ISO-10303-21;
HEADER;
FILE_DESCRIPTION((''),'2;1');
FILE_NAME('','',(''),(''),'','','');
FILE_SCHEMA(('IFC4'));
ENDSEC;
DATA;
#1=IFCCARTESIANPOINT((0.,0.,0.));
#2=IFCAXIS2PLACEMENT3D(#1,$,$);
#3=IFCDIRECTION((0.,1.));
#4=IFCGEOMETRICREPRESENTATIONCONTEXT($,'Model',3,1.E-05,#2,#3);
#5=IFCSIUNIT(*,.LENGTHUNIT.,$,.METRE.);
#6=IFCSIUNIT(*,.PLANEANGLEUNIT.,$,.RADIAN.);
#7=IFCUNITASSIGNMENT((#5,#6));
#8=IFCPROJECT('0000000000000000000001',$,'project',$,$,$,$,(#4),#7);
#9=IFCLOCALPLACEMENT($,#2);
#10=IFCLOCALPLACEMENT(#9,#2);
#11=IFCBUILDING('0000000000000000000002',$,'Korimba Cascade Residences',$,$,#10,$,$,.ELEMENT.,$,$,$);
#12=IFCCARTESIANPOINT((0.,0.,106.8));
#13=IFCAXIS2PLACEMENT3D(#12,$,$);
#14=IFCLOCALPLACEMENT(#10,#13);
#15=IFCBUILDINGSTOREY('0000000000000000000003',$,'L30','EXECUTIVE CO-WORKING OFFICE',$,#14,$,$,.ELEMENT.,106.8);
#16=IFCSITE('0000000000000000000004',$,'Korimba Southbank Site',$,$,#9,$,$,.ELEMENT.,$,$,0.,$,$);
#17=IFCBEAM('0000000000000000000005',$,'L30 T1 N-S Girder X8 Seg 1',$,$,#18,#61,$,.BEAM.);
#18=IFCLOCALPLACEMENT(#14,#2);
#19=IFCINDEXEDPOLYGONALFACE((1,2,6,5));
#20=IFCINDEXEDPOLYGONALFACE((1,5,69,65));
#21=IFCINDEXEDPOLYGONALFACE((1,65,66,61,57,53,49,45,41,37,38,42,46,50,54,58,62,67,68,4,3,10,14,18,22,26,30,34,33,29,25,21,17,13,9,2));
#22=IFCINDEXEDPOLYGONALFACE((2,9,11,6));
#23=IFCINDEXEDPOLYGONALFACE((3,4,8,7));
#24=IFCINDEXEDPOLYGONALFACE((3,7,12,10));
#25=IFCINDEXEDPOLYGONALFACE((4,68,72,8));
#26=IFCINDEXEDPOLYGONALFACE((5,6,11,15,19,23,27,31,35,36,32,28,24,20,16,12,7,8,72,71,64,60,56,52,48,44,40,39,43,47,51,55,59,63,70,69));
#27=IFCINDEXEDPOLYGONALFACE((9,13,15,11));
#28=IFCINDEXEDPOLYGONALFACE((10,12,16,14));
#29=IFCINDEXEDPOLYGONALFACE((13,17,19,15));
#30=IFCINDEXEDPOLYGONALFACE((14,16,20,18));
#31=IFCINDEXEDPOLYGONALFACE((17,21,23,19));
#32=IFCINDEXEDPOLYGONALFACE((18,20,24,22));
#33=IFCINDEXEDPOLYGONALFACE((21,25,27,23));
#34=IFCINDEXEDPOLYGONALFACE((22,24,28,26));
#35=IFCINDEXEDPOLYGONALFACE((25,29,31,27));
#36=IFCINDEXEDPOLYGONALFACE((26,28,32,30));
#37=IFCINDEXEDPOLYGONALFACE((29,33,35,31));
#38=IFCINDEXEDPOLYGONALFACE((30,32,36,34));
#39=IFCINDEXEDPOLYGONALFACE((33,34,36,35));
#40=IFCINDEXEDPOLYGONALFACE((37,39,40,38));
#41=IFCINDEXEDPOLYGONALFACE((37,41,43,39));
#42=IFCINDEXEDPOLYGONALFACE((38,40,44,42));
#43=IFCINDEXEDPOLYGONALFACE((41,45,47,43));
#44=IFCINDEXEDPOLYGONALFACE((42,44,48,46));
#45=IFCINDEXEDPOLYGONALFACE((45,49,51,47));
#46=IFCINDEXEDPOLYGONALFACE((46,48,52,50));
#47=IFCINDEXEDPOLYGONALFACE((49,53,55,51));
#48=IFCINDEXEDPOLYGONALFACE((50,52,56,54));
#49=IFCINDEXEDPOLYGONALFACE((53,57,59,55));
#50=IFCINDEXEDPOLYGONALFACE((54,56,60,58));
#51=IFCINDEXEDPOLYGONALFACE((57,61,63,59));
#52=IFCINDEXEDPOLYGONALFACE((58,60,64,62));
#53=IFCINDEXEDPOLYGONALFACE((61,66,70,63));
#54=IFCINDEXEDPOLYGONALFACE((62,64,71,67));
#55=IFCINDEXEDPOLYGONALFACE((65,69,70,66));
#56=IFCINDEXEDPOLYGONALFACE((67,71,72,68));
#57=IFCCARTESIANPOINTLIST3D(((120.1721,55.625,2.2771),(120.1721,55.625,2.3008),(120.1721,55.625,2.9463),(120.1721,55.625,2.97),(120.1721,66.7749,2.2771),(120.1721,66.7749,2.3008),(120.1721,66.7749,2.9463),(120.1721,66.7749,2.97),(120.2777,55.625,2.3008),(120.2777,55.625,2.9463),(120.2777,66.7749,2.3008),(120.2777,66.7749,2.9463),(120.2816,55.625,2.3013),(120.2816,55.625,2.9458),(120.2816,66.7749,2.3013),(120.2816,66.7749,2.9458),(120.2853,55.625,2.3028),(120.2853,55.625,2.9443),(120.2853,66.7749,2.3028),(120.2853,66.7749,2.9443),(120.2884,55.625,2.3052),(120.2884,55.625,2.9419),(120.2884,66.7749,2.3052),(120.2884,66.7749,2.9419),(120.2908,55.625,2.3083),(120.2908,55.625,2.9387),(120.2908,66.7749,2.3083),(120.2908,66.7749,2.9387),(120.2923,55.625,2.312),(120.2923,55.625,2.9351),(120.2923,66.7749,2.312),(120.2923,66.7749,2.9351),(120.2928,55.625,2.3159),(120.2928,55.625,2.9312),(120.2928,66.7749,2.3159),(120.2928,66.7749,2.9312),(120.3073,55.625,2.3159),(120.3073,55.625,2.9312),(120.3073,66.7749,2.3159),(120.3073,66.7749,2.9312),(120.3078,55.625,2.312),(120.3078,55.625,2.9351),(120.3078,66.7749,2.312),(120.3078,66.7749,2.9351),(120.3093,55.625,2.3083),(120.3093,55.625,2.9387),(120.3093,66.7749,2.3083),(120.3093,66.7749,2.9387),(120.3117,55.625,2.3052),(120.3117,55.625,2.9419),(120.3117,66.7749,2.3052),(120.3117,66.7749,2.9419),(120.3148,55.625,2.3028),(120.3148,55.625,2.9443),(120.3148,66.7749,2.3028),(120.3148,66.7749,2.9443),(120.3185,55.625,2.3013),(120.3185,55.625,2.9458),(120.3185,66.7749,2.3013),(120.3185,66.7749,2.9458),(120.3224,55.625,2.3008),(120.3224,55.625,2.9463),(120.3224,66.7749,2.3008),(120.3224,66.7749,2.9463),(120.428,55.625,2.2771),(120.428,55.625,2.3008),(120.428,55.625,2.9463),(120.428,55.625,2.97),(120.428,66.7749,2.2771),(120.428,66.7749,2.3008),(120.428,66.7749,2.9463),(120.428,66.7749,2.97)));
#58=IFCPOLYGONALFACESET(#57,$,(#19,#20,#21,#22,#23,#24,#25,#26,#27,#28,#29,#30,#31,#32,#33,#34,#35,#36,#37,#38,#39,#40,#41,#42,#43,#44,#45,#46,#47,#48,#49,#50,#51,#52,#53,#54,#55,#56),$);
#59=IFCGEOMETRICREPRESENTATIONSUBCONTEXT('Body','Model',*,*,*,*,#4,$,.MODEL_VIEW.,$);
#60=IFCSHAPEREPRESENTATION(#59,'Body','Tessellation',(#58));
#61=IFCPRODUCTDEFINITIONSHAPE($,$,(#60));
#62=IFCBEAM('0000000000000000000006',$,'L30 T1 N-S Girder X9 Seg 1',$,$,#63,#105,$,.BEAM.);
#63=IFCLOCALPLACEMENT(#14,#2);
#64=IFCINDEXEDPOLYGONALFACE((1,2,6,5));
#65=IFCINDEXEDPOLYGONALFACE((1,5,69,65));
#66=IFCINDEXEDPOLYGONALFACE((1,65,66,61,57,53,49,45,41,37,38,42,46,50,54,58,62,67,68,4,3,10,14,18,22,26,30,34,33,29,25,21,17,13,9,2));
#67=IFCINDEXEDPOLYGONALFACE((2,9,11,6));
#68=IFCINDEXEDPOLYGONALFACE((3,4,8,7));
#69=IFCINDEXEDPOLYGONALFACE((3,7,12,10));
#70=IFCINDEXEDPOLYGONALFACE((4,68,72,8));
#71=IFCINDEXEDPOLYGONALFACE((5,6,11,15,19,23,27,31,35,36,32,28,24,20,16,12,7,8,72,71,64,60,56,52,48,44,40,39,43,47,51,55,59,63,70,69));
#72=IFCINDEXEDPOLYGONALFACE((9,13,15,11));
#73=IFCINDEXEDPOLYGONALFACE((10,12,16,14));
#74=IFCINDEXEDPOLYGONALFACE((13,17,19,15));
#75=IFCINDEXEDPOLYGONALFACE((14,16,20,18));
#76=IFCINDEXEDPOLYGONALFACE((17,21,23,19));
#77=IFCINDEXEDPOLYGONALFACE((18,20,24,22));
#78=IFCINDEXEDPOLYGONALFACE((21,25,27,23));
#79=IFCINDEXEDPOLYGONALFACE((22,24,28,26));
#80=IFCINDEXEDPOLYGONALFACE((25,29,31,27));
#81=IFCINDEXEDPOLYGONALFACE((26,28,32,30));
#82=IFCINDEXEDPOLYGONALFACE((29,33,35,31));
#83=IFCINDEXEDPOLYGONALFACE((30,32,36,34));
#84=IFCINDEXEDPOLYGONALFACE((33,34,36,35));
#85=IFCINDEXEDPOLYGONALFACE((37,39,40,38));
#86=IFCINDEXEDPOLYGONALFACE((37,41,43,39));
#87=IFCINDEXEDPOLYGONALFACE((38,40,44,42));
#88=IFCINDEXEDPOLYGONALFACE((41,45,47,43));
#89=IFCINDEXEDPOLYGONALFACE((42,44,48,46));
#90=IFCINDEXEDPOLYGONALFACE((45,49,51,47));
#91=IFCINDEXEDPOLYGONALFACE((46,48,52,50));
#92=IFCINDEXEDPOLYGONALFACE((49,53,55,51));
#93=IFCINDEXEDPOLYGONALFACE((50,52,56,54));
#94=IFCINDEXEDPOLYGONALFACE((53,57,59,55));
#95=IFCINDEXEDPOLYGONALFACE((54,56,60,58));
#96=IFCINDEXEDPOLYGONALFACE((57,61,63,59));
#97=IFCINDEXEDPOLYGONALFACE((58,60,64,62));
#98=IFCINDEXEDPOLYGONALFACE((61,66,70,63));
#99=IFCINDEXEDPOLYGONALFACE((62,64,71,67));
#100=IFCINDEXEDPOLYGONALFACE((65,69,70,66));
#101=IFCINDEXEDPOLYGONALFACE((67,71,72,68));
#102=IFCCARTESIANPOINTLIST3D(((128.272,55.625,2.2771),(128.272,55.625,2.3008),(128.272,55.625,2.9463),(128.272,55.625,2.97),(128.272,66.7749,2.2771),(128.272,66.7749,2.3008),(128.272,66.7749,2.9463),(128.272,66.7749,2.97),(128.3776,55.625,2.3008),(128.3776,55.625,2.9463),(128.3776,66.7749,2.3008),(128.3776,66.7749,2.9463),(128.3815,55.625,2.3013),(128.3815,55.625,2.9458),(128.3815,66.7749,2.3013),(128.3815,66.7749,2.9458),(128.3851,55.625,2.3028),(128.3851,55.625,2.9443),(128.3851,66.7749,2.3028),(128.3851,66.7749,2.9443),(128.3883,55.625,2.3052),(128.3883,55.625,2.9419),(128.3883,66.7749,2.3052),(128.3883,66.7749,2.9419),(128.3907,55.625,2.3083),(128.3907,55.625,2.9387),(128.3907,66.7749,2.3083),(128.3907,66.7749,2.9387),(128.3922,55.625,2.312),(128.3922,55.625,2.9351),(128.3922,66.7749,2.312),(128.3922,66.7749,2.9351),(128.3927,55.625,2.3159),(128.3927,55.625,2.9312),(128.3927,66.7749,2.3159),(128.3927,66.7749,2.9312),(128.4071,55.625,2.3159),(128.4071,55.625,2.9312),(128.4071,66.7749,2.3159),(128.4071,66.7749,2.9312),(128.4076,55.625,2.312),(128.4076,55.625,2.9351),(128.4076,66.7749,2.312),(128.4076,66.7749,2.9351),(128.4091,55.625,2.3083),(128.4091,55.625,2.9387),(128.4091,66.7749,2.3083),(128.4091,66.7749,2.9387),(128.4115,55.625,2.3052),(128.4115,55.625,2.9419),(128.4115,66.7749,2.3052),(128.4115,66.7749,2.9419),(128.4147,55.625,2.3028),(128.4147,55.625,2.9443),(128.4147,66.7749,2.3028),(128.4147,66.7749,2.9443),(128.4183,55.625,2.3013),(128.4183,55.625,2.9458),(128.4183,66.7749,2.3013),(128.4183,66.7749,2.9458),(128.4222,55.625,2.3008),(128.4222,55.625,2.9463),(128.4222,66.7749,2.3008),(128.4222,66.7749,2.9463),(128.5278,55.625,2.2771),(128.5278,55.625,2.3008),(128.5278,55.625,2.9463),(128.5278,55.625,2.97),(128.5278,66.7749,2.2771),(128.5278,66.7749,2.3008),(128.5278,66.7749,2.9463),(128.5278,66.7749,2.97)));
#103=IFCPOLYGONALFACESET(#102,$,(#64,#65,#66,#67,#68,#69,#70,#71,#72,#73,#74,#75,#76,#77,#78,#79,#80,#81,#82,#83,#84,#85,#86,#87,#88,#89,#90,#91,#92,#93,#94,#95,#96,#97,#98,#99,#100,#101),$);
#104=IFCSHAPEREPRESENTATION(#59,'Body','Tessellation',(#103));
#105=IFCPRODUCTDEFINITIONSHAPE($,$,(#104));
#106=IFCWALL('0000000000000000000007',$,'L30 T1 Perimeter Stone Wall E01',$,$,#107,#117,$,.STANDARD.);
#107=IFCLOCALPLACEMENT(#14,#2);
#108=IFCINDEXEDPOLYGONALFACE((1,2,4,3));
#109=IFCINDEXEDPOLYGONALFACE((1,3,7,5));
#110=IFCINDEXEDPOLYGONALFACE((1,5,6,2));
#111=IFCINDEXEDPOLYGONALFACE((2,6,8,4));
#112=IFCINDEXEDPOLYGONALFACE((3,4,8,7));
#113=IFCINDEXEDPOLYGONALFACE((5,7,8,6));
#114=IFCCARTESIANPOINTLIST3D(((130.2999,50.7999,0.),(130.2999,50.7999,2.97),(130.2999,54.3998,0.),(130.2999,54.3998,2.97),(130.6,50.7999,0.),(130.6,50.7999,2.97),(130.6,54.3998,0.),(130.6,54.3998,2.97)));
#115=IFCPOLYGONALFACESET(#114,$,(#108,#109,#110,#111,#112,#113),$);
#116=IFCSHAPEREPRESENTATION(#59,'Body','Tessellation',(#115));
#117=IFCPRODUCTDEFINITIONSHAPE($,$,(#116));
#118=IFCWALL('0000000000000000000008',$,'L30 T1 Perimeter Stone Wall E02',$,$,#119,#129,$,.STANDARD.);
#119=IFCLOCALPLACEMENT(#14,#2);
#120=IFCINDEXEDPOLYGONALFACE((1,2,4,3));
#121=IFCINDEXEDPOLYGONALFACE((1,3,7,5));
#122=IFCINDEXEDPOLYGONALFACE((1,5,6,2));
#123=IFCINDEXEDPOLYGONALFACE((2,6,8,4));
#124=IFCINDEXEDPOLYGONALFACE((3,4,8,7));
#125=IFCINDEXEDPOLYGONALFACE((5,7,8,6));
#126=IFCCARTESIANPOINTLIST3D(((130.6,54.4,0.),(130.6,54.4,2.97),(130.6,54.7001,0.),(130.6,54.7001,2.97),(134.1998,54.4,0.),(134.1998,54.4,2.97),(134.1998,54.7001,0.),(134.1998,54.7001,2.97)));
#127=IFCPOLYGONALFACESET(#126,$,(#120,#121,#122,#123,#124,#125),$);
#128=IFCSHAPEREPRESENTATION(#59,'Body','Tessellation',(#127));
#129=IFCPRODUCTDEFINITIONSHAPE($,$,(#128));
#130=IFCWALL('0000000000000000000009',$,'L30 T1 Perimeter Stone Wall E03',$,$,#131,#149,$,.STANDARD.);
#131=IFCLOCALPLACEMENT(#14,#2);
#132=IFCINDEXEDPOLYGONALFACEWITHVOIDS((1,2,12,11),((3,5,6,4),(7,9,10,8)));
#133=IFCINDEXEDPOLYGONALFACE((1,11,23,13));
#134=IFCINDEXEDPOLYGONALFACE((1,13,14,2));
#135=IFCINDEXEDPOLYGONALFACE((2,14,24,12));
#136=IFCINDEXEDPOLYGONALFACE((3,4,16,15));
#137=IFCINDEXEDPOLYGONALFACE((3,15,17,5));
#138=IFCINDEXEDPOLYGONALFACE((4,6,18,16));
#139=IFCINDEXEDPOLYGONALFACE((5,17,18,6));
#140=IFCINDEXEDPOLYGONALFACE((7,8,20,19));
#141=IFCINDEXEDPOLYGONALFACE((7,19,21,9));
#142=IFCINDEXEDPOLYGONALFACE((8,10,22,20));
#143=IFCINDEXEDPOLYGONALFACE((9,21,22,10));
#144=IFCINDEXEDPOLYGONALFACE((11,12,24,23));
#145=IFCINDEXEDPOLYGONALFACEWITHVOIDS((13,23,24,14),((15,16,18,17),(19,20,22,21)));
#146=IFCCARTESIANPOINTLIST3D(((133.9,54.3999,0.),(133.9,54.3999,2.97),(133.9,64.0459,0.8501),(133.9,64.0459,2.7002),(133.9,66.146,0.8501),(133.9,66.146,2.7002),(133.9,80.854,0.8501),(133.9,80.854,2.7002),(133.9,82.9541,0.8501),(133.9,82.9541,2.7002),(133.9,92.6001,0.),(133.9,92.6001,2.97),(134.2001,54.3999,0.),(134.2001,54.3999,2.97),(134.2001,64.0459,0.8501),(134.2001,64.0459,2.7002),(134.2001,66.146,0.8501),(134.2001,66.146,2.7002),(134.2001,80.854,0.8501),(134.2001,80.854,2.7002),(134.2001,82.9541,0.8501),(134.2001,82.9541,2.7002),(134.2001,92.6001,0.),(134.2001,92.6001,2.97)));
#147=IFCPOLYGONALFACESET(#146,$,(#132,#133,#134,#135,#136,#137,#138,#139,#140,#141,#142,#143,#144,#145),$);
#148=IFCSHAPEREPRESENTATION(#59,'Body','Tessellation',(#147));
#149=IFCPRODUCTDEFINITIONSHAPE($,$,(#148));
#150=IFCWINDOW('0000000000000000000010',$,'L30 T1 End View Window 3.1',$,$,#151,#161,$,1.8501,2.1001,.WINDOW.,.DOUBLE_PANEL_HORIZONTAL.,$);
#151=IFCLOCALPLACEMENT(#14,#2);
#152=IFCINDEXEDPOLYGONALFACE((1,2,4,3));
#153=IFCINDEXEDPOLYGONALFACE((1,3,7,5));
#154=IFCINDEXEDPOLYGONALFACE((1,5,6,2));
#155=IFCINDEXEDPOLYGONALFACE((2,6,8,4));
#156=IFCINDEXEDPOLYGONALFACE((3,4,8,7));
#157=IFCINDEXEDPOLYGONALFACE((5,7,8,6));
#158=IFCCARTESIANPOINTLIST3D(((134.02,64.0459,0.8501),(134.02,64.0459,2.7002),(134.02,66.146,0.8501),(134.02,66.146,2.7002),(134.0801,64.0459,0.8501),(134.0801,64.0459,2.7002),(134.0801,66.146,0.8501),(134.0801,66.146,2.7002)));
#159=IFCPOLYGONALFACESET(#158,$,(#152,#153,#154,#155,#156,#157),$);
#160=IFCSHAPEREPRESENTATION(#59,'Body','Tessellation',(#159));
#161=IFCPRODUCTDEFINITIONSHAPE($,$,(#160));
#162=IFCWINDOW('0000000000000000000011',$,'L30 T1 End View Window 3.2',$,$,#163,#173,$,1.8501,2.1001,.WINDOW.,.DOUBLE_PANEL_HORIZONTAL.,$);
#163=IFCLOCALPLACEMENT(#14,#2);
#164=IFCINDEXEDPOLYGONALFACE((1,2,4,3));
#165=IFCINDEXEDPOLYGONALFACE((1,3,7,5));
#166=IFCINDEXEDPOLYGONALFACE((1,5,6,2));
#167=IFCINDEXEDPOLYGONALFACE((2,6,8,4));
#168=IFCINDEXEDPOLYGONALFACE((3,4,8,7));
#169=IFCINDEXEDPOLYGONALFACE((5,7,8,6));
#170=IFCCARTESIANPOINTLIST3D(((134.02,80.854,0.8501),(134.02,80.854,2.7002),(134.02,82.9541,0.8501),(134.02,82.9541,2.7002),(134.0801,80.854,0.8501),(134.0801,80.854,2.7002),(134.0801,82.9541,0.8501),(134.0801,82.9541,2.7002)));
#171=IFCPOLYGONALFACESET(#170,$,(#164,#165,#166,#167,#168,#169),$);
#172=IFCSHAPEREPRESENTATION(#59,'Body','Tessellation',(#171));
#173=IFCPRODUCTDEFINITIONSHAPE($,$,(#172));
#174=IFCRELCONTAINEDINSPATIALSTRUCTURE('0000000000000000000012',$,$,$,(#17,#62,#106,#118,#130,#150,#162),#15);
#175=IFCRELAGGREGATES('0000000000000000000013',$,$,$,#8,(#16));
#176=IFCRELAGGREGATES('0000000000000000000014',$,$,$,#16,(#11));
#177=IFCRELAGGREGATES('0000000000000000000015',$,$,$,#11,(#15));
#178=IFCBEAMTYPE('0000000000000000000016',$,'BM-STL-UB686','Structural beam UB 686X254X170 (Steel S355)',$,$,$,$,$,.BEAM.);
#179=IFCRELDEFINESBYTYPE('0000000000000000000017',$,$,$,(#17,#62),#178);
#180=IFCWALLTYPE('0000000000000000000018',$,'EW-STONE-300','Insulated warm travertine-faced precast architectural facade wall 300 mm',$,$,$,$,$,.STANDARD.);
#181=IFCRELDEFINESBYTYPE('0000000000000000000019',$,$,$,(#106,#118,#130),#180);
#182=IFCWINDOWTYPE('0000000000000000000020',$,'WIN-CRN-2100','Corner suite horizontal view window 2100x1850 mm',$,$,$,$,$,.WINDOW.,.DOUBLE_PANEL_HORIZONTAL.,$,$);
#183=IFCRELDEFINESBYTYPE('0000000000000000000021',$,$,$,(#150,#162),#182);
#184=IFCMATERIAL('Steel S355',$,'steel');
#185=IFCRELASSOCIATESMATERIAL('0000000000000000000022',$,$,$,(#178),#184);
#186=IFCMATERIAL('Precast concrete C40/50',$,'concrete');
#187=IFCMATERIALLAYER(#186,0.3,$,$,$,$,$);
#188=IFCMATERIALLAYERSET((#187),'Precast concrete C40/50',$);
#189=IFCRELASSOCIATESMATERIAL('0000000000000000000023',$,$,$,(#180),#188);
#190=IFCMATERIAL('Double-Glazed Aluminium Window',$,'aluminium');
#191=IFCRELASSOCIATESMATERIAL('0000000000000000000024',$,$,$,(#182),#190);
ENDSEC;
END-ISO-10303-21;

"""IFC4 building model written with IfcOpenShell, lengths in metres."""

from ifc_helpers import new_model, si_unit, direction, frame, frame_2d, origin, origin_2d, place, context, subcontext, project, spatial, rectangle, i_section, extrude, material, layer, layer_set, material_profile, profile_set, type_object, element, fill, save


model = new_model("IFC4")

# Units and contexts
model_context = context("Model", 3, precision=1e-05, world=origin(), true_north=direction((0.0, 1.0)))
body_context = subcontext(model_context, "Body", "Model", "MODEL_VIEW")
ifc_project = project(units=[si_unit("LENGTHUNIT", "METRE"), si_unit("PLANEANGLEUNIT", "RADIAN")], contexts=[model_context])

# Site, building, storey
site_placement = place(None, origin())
site = spatial("IfcSite", under=ifc_project, at=site_placement, Name="Korimba Southbank Site", CompositionType="ELEMENT", RefElevation=0.0)
building_placement = place(site_placement, origin())
building = spatial("IfcBuilding", under=site, at=building_placement, Name="Korimba Cascade Residences", CompositionType="ELEMENT")
storey_placement = place(building_placement, frame((0.0, 0.0, 106.8)))
storey = spatial("IfcBuildingStorey", under=building, at=storey_placement, Name="L30", Description="EXECUTIVE CO-WORKING OFFICE", CompositionType="ELEMENT", Elevation=106.8)

# Beams
ifc_material_1 = material(Name="Steel S355", Category="steel")
ifc_material_profile_1 = material_profile(ifc_material_1, i_section(OverallWidth=0.2559, OverallDepth=0.6929, WebThickness=0.0144, FlangeThickness=0.0237, FilletRadius=0.0151, at=origin_2d()), Name="Steel S355")
ifc_profile_set_1 = profile_set([ifc_material_profile_1], Name="Steel S355")
beam_type_1 = type_object("IfcBeamType", Name="BM-STL-UB686", Description="Structural beam UB 686X254X170 (Steel S355)", PredefinedType="BEAM", material=ifc_profile_set_1)
for number, where, z_axis, x_axis, name in (
    (1, (120.3, 55.625, 2.6235), (0.0, 1.0, 0.0), (-1.0, 0.0, 0.0), "L30 T1 N-S Girder X8 Seg 1"),
    (2, (128.3999, 55.625, 2.6235), (0.0, 1.0, 0.0), (-1.0, 0.0, 0.0), "L30 T1 N-S Girder X9 Seg 1"),
):
    element("IfcBeam", number, at=place(storey_placement, frame(where, z_axis=z_axis, x_axis=x_axis)), inside=storey, type_object=beam_type_1, Name=name, PredefinedType="BEAM", context=body_context, shape_type="SweptSolid", body=[
        extrude(i_section(OverallWidth=0.2559, OverallDepth=0.6929, WebThickness=0.0144, FlangeThickness=0.0237, FilletRadius=0.0151, at=origin_2d()), origin(), (0.0, 0.0, 1.0), 11.1499),
    ])

# Walls
ifc_material_2 = material(Name="Precast concrete C40/50", Category="concrete")
ifc_layer_1 = layer(ifc_material_2, 0.3)
ifc_layer_set_1 = layer_set([ifc_layer_1], Name="Precast concrete C40/50")
wall_type_1 = type_object("IfcWallType", Name="EW-STONE-300", Description="Insulated warm travertine-faced precast architectural facade wall 300 mm", PredefinedType="STANDARD", material=ifc_layer_set_1)
for number, where, z_axis, x_axis, name in (
    (3, (130.45, 50.8, 0.0), (0.0, 0.0, 1.0), (0.0, 1.0, 0.0), "L30 T1 Perimeter Stone Wall E01"),
    (4, (130.6001, 54.55, 0.0), (0.0, 0.0, 1.0), (1.0, 0.0, 0.0), "L30 T1 Perimeter Stone Wall E02"),
):
    element("IfcWall", number, at=place(storey_placement, frame(where, z_axis=z_axis, x_axis=x_axis)), inside=storey, type_object=wall_type_1, Name=name, PredefinedType="STANDARD", context=body_context, shape_type="SweptSolid", body=[
        extrude(rectangle(XDim=3.5999, YDim=0.3, at=frame_2d((1.7998, 0.0))), origin(), (0.0, 0.0, 1.0), 2.97),
    ])

# Wall, openings, windows
wall_1_placement = place(storey_placement, frame((134.05, 54.3999, 0.0), z_axis=(0.0, 0.0, 1.0), x_axis=(0.0, 1.0, 0.0)))
wall_1 = element("IfcWall", 5, at=wall_1_placement, inside=storey, type_object=wall_type_1, Name="L30 T1 Perimeter Stone Wall E03", PredefinedType="STANDARD", context=body_context, shape_type="SweptSolid", body=[
    extrude(rectangle(XDim=38.2002, YDim=0.3, at=frame_2d((19.1001, 0.0))), origin(), (0.0, 0.0, 1.0), 2.97),
])
opening_1_placement = place(wall_1_placement, frame((9.646, 0.0, 0.8501)))
opening_1 = element("IfcOpeningElement", 6, at=opening_1_placement, cuts=wall_1, PredefinedType="OPENING", context=body_context, shape_type="SweptSolid", body=[
    extrude(rectangle(XDim=2.1001, YDim=1.8501, at=frame_2d((1.05, 0.925))), frame((0.0, 0.1602, 0.0), z_axis=(0.0, -1.0, 0.0), x_axis=(1.0, 0.0, 0.0)), (0.0, 0.0, 1.0), 0.3201),
])
opening_2_placement = place(wall_1_placement, frame((26.4541, 0.0, 0.8501)))
opening_2 = element("IfcOpeningElement", 7, at=opening_2_placement, cuts=wall_1, PredefinedType="OPENING", context=body_context, shape_type="SweptSolid", body=[
    extrude(rectangle(XDim=2.1001, YDim=1.8501, at=frame_2d((1.05, 0.925))), frame((0.0, 0.1602, 0.0), z_axis=(0.0, -1.0, 0.0), x_axis=(1.0, 0.0, 0.0)), (0.0, 0.0, 1.0), 0.3201),
])
ifc_material_3 = material(Name="Double-Glazed Aluminium Window", Category="aluminium")
window_type_1 = type_object("IfcWindowType", Name="WIN-CRN-2100", Description="Corner suite horizontal view window 2100x1850 mm", PartitioningType="DOUBLE_PANEL_HORIZONTAL", PredefinedType="WINDOW", material=ifc_material_3)
window_1_placement = place(opening_1_placement, origin())
window_1 = element("IfcWindow", 8, at=window_1_placement, inside=storey, type_object=window_type_1, Name="L30 T1 End View Window 3.1", OverallHeight=1.8501, OverallWidth=2.1001, PartitioningType="DOUBLE_PANEL_HORIZONTAL", PredefinedType="WINDOW", context=body_context, shape_type="SweptSolid", body=[
    extrude(rectangle(XDim=2.1001, YDim=1.8501, at=frame_2d((1.05, 0.925))), frame((0.0, 0.03, 0.0), z_axis=(0.0, -1.0, 0.0), x_axis=(1.0, 0.0, 0.0)), (0.0, 0.0, 1.0), 0.0601),
])
fill(opening_1, window_1)
window_2_placement = place(opening_2_placement, origin())
window_2 = element("IfcWindow", 9, at=window_2_placement, inside=storey, type_object=window_type_1, Name="L30 T1 End View Window 3.2", OverallHeight=1.8501, OverallWidth=2.1001, PartitioningType="DOUBLE_PANEL_HORIZONTAL", PredefinedType="WINDOW", context=body_context, shape_type="SweptSolid", body=[
    extrude(rectangle(XDim=2.1001, YDim=1.8501, at=frame_2d((1.05, 0.925))), frame((0.0, 0.03, 0.0), z_axis=(0.0, -1.0, 0.0), x_axis=(1.0, 0.0, 0.0)), (0.0, 0.0, 1.0), 0.0601),
])
fill(opening_2, window_2)

save(model, "model.ifc")
